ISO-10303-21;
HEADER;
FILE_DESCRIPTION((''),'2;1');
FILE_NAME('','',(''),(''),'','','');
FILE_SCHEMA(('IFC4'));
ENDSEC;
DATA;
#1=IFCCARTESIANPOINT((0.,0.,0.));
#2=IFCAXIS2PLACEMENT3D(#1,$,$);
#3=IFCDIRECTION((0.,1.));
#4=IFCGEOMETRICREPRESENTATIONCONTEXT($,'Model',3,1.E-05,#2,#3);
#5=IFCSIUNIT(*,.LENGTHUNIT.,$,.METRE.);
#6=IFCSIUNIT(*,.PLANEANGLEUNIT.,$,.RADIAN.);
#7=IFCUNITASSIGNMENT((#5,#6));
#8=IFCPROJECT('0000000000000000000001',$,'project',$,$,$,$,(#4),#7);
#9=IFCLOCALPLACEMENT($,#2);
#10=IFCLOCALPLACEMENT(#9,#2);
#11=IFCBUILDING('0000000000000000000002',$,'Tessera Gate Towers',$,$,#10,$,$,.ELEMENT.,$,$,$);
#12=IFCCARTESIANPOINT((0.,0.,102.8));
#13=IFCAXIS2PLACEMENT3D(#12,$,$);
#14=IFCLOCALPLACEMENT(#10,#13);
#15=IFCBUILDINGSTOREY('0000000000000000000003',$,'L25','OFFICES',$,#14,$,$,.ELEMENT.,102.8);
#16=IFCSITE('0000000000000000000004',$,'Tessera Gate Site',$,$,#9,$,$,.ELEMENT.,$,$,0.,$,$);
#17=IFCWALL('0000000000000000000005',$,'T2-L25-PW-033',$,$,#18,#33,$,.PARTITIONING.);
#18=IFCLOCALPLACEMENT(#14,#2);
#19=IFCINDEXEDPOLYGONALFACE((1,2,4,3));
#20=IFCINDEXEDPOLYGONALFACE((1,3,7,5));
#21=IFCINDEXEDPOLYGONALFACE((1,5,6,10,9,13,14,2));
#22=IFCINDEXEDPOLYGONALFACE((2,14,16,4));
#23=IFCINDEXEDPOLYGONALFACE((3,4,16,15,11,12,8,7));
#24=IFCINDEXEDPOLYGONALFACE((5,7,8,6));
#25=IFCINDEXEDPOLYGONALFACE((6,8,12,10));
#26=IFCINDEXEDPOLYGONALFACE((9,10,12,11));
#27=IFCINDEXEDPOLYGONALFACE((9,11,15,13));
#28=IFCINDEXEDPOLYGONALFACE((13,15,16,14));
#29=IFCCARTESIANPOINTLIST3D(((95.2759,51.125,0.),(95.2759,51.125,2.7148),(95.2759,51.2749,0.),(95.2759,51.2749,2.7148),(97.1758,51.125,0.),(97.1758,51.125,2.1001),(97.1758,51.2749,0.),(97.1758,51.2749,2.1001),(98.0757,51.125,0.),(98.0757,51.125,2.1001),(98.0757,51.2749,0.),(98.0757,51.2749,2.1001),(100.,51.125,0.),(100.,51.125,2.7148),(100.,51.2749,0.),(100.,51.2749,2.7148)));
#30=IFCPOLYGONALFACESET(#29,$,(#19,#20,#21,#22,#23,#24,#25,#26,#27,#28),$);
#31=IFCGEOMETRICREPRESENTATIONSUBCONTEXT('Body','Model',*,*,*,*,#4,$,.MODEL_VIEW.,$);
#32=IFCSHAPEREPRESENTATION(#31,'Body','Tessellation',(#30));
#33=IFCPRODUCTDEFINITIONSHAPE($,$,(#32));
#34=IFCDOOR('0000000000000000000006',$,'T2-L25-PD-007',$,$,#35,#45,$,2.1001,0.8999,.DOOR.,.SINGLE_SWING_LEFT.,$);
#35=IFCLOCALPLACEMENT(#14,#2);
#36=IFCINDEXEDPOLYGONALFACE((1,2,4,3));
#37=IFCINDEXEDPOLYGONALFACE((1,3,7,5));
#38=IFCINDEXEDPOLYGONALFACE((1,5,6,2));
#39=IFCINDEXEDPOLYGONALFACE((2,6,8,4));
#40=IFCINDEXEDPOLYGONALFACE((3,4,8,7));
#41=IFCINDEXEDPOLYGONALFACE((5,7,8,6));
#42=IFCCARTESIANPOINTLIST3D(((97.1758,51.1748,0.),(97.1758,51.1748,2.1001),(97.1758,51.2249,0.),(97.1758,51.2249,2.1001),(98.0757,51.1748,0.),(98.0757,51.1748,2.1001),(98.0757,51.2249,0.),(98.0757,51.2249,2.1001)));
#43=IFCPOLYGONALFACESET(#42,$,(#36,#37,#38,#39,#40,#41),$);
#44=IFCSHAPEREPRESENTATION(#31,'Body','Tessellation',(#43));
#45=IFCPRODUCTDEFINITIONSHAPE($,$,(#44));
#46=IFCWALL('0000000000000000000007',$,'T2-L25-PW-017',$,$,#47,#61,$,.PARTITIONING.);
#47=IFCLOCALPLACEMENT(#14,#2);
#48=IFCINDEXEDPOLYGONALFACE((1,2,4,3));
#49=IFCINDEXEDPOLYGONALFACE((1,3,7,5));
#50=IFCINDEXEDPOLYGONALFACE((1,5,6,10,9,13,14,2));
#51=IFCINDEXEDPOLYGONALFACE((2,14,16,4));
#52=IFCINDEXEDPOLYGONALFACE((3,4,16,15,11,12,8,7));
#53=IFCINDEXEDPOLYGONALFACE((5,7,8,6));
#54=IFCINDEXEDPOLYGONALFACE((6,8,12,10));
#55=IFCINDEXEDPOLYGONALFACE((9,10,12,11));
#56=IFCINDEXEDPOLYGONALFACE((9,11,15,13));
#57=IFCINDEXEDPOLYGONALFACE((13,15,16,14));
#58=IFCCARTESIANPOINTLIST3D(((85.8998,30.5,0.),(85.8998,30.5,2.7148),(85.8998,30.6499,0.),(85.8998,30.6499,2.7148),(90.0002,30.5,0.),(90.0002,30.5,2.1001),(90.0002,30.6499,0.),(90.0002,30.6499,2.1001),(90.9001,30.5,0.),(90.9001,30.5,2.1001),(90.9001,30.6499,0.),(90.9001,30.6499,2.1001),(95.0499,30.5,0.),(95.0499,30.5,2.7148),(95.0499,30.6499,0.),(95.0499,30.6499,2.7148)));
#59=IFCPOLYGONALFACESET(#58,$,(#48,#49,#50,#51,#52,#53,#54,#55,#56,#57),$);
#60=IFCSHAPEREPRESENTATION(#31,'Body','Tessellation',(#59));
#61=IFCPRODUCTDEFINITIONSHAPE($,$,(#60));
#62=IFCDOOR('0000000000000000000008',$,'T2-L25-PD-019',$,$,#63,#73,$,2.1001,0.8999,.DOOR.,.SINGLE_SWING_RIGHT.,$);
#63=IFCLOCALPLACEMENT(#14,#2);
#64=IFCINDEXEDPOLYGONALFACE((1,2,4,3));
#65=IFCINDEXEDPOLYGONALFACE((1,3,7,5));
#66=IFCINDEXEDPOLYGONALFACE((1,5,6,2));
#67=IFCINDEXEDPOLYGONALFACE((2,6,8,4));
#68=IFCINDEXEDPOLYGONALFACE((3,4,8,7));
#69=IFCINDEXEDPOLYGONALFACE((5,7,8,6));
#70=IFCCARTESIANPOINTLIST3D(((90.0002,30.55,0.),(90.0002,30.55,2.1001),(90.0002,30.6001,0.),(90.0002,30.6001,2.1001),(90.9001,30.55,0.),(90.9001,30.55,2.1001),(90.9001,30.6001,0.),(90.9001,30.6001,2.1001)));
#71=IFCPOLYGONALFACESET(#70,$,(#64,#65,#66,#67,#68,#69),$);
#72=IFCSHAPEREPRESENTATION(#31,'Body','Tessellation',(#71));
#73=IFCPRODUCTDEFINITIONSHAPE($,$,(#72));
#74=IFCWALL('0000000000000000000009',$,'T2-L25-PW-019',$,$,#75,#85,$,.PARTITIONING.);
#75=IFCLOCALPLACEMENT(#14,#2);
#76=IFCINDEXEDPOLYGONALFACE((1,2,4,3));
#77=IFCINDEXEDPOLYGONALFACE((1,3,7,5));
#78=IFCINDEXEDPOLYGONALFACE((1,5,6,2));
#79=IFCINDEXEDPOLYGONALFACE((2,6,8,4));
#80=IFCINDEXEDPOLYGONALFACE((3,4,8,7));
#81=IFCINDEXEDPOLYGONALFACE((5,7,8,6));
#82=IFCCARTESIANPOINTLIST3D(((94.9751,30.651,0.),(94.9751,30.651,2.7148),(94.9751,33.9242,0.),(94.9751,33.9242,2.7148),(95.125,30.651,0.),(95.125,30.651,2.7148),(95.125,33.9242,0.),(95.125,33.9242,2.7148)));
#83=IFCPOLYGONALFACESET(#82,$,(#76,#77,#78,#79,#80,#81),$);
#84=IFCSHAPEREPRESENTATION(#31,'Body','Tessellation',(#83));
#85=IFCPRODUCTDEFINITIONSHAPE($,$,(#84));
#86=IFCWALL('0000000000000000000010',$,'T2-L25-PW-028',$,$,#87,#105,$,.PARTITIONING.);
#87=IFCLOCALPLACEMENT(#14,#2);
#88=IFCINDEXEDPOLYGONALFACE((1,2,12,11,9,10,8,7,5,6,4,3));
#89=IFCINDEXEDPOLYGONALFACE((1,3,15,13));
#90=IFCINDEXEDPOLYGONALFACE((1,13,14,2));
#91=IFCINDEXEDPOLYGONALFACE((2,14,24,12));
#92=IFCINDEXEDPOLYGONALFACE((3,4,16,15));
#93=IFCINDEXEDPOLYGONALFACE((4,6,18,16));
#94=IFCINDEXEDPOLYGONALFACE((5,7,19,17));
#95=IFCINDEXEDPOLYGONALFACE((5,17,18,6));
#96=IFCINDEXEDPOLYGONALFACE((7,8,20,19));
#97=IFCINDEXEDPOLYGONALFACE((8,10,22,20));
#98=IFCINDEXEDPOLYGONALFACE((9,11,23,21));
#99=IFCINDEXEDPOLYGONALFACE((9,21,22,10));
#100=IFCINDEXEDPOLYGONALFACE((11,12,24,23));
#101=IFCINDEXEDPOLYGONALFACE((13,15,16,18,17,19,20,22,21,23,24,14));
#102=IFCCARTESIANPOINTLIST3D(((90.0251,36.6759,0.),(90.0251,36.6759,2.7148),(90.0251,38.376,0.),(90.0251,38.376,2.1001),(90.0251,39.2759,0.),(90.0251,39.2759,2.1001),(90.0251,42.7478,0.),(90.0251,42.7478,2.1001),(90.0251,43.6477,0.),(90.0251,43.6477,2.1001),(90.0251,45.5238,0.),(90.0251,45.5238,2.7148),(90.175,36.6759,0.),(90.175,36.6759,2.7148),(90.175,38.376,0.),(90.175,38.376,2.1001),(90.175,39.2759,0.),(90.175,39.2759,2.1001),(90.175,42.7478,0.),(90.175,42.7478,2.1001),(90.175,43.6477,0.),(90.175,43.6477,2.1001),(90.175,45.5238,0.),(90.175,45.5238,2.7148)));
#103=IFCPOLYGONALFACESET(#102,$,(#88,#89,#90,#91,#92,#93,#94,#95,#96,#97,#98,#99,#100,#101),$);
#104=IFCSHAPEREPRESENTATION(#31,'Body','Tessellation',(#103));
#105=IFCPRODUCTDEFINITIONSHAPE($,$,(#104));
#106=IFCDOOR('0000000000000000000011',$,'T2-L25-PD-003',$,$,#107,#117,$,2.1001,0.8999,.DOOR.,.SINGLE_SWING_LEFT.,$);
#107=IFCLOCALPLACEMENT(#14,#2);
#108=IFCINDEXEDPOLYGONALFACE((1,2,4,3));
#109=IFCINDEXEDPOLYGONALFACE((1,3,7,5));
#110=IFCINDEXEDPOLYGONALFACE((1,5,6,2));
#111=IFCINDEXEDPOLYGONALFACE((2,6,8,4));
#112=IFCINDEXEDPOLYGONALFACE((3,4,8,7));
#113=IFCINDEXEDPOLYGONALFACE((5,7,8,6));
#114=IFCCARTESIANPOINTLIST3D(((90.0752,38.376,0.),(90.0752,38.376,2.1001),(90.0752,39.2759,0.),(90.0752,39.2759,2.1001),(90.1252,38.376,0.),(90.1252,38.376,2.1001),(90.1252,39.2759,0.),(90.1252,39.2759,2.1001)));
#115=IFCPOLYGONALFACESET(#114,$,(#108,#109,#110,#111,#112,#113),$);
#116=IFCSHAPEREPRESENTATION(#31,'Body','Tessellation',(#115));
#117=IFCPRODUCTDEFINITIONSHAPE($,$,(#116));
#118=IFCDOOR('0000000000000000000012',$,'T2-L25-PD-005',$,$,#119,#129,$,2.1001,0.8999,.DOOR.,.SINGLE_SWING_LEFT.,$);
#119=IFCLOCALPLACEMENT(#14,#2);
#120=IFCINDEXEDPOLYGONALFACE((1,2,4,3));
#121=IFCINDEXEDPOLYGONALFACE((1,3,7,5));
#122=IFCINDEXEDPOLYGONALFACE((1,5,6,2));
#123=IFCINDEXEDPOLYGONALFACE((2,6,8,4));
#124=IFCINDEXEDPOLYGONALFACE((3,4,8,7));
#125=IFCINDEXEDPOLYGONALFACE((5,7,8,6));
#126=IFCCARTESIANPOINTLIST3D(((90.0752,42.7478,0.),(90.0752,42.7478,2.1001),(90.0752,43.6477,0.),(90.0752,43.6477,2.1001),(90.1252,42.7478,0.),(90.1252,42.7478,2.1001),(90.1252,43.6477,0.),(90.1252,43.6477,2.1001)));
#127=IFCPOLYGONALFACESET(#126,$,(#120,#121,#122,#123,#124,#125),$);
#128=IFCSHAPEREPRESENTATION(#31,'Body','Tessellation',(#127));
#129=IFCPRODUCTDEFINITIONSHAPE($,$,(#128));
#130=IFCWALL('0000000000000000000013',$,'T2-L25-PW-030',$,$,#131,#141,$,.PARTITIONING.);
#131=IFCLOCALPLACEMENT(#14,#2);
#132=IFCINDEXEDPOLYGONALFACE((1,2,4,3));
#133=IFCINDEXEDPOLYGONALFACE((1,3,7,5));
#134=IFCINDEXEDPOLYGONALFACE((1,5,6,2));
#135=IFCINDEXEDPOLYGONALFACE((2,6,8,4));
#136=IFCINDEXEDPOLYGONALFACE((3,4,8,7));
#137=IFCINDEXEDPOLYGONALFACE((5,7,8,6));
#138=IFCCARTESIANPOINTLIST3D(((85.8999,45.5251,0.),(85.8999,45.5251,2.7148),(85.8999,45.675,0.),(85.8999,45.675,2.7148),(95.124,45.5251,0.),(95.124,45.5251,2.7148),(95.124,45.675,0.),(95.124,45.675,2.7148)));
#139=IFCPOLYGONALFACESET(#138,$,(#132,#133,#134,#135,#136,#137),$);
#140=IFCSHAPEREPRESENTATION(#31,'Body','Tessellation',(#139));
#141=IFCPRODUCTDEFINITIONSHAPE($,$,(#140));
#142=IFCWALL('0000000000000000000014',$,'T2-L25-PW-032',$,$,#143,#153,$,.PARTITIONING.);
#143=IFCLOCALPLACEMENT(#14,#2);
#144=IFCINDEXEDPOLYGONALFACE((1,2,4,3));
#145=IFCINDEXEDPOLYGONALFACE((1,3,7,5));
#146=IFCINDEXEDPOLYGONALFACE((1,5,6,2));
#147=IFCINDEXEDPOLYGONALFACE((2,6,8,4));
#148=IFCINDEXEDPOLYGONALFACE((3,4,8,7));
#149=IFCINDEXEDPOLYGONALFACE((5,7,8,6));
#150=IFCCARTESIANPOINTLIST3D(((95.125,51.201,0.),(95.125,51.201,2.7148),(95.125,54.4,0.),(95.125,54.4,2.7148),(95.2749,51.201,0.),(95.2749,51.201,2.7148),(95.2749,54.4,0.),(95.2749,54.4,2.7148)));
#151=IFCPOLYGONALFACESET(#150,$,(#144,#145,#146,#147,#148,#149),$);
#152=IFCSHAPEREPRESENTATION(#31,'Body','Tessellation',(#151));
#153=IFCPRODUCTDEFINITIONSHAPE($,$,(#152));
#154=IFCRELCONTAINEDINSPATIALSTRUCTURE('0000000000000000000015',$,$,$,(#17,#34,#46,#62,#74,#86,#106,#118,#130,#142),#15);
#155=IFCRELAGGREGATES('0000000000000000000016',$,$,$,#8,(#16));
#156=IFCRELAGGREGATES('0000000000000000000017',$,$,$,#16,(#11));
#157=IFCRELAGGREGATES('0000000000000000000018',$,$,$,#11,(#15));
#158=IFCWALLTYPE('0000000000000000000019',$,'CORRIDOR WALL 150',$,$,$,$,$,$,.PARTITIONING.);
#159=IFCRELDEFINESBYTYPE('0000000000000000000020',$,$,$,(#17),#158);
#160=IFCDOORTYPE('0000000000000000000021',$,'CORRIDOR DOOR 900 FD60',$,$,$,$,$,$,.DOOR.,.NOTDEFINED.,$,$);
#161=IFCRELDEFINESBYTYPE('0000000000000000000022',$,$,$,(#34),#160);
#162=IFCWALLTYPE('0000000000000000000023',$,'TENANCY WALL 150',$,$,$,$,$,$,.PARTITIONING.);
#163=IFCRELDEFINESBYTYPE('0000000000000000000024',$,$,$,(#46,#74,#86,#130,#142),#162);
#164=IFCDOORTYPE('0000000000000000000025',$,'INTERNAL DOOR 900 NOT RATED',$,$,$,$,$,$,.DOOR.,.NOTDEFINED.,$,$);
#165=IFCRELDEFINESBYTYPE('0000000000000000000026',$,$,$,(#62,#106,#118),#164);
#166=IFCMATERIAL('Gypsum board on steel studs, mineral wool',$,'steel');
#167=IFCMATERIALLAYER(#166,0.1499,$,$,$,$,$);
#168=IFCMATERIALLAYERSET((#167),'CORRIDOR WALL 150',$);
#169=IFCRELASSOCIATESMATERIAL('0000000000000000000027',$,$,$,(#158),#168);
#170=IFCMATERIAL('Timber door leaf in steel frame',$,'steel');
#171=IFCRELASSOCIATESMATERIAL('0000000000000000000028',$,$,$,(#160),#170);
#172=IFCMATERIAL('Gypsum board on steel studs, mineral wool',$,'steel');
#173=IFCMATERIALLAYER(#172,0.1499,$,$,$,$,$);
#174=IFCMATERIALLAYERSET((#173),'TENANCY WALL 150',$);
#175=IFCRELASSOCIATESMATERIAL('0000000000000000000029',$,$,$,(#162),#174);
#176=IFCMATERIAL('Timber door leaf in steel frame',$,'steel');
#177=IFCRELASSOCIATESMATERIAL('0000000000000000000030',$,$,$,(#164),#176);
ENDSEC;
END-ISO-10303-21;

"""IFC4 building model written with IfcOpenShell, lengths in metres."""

from ifc_helpers import new_model, si_unit, direction, frame, frame_2d, origin, place, context, subcontext, project, spatial, rectangle, extrude, source, transform, mapped, material, layer, layer_set, type_object, element, fill, save


model = new_model("IFC4")

# Units and contexts
model_context = context("Model", 3, precision=1e-05, world=origin(), true_north=direction((0.0, 1.0)))
body_context = subcontext(model_context, "Body", "Model", "MODEL_VIEW")
ifc_project = project(units=[si_unit("LENGTHUNIT", "METRE"), si_unit("PLANEANGLEUNIT", "RADIAN")], contexts=[model_context])

# Site, building, storey
site_placement = place(None, origin())
site = spatial("IfcSite", under=ifc_project, at=site_placement, Name="Tessera Gate Site", CompositionType="ELEMENT", RefElevation=0.0)
building_placement = place(site_placement, origin())
building = spatial("IfcBuilding", under=site, at=building_placement, Name="Tessera Gate Towers", CompositionType="ELEMENT")
storey_placement = place(building_placement, frame((0.0, 0.0, 102.8)))
storey = spatial("IfcBuildingStorey", under=building, at=storey_placement, Name="L25", Description="OFFICES", CompositionType="ELEMENT", Elevation=102.8)

# Shared definitions
ifc_material_1 = material(Name="Gypsum board on steel studs, mineral wool", Category="steel")
ifc_layer_1 = layer(ifc_material_1, 0.1499)
ifc_layer_set_1 = layer_set([ifc_layer_1], Name="CORRIDOR WALL 150")
wall_type_1 = type_object("IfcWallType", Name="CORRIDOR WALL 150", PredefinedType="PARTITIONING", material=ifc_layer_set_1)

# Walls, openings, doors
wall_1_placement = place(storey_placement, frame((95.2759, 51.2, 0.0), z_axis=(0.0, 0.0, 1.0), x_axis=(1.0, 0.0, 0.0)))
wall_1 = element("IfcWall", 1, at=wall_1_placement, inside=storey, type_object=wall_type_1, Name="T2-L25-PW-033", PredefinedType="PARTITIONING", context=body_context, shape_type="SweptSolid", body=[
    extrude(rectangle(XDim=4.7241, YDim=0.1499, at=frame_2d((2.3621, 0.0))), origin(), (0.0, 0.0, 1.0), 2.7148),
])
shared_shape_1 = source(origin(), body_context, "Body", "SweptSolid", [
    extrude(rectangle(XDim=0.8999, YDim=2.1001, at=frame_2d((0.45, 1.05))), frame((0.0, 0.085, 0.0), z_axis=(0.0, -1.0, 0.0), x_axis=(1.0, 0.0, 0.0)), (0.0, 0.0, 1.0), 0.1699),
])
opening_1_placement = place(wall_1_placement, frame((1.8999, 0.0, 0.0)))
opening_1 = element("IfcOpeningElement", 2, at=opening_1_placement, cuts=wall_1, PredefinedType="OPENING", context=body_context, shape_type="MappedRepresentation", body=[
    mapped(shared_shape_1, transform((0.0, 0.0, 0.0), scale=1.0)),
])
ifc_material_2 = material(Name="Timber door leaf in steel frame", Category="steel")
door_type_1 = type_object("IfcDoorType", Name="CORRIDOR DOOR 900 FD60", OperationType="NOTDEFINED", PredefinedType="DOOR", material=ifc_material_2)
shared_shape_2 = source(origin(), body_context, "Body", "SweptSolid", [
    extrude(rectangle(XDim=0.8999, YDim=2.1001, at=frame_2d((0.45, 1.05))), frame((0.0, 0.0249, 0.0), z_axis=(0.0, -1.0, 0.0), x_axis=(1.0, 0.0, 0.0)), (0.0, 0.0, 1.0), 0.05),
])
door_1_placement = place(opening_1_placement, origin())
door_1 = element("IfcDoor", 3, at=door_1_placement, inside=storey, type_object=door_type_1, Name="T2-L25-PD-007", OperationType="SINGLE_SWING_LEFT", OverallHeight=2.1001, OverallWidth=0.8999, PredefinedType="DOOR", context=body_context, shape_type="MappedRepresentation", body=[
    mapped(shared_shape_2, transform((0.0, 0.0, 0.0), scale=1.0)),
])
fill(opening_1, door_1)
ifc_material_3 = material(Name="Gypsum board on steel studs, mineral wool", Category="steel")
ifc_layer_2 = layer(ifc_material_3, 0.1499)
ifc_layer_set_2 = layer_set([ifc_layer_2], Name="TENANCY WALL 150")
wall_type_2 = type_object("IfcWallType", Name="TENANCY WALL 150", PredefinedType="PARTITIONING", material=ifc_layer_set_2)
wall_2_placement = place(storey_placement, frame((95.05, 30.575, 0.0), z_axis=(0.0, 0.0, 1.0), x_axis=(-1.0, 0.0, 0.0)))
wall_2 = element("IfcWall", 4, at=wall_2_placement, inside=storey, type_object=wall_type_2, Name="T2-L25-PW-017", PredefinedType="PARTITIONING", context=body_context, shape_type="SweptSolid", body=[
    extrude(rectangle(XDim=9.1501, YDim=0.1499, at=frame_2d((4.5752, 0.0))), origin(), (0.0, 0.0, 1.0), 2.7148),
])
opening_2_placement = place(wall_2_placement, frame((4.1499, 0.0, 0.0)))
opening_2 = element("IfcOpeningElement", 5, at=opening_2_placement, cuts=wall_2, PredefinedType="OPENING", context=body_context, shape_type="MappedRepresentation", body=[
    mapped(shared_shape_1, transform((0.0, 0.0, 0.0), scale=1.0)),
])
ifc_material_4 = material(Name="Timber door leaf in steel frame", Category="steel")
door_type_2 = type_object("IfcDoorType", Name="INTERNAL DOOR 900 NOT RATED", OperationType="NOTDEFINED", PredefinedType="DOOR", material=ifc_material_4)
door_2_placement = place(opening_2_placement, origin())
door_2 = element("IfcDoor", 6, at=door_2_placement, inside=storey, type_object=door_type_2, Name="T2-L25-PD-019", OperationType="SINGLE_SWING_RIGHT", OverallHeight=2.1001, OverallWidth=0.8999, PredefinedType="DOOR", context=body_context, shape_type="MappedRepresentation", body=[
    mapped(shared_shape_2, transform((0.0, 0.0, 0.0), scale=1.0)),
])
fill(opening_2, door_2)

# Wall
wall_3_placement = place(storey_placement, frame((95.05, 30.6509, 0.0), z_axis=(0.0, 0.0, 1.0), x_axis=(0.0, 1.0, 0.0)))
element("IfcWall", 7, at=wall_3_placement, inside=storey, type_object=wall_type_2, Name="T2-L25-PW-019", PredefinedType="PARTITIONING", context=body_context, shape_type="SweptSolid", body=[
    extrude(rectangle(XDim=3.2732, YDim=0.1499, at=frame_2d((1.6367, 0.0))), origin(), (0.0, 0.0, 1.0), 2.7148),
])

# Wall, openings, doors
wall_4_placement = place(storey_placement, frame((90.1001, 36.676, 0.0), z_axis=(0.0, 0.0, 1.0), x_axis=(0.0, 1.0, 0.0)))
wall_4 = element("IfcWall", 8, at=wall_4_placement, inside=storey, type_object=wall_type_2, Name="T2-L25-PW-028", PredefinedType="PARTITIONING", context=body_context, shape_type="SweptSolid", body=[
    extrude(rectangle(XDim=8.8479, YDim=0.1499, at=frame_2d((4.4238, 0.0))), origin(), (0.0, 0.0, 1.0), 2.7148),
])
opening_3_placement = place(wall_4_placement, frame((1.7, 0.0, 0.0)))
opening_3 = element("IfcOpeningElement", 9, at=opening_3_placement, cuts=wall_4, PredefinedType="OPENING", context=body_context, shape_type="MappedRepresentation", body=[
    mapped(shared_shape_1, transform((0.0, 0.0, 0.0), scale=1.0)),
])
opening_4_placement = place(wall_4_placement, frame((6.0718, 0.0, 0.0)))
opening_4 = element("IfcOpeningElement", 10, at=opening_4_placement, cuts=wall_4, PredefinedType="OPENING", context=body_context, shape_type="MappedRepresentation", body=[
    mapped(shared_shape_1, transform((0.0, 0.0, 0.0), scale=1.0)),
])
door_3_placement = place(opening_3_placement, origin())
door_3 = element("IfcDoor", 11, at=door_3_placement, inside=storey, type_object=door_type_2, Name="T2-L25-PD-003", OperationType="SINGLE_SWING_LEFT", OverallHeight=2.1001, OverallWidth=0.8999, PredefinedType="DOOR", context=body_context, shape_type="MappedRepresentation", body=[
    mapped(shared_shape_2, transform((0.0, 0.0, 0.0), scale=1.0)),
])
fill(opening_3, door_3)
door_4_placement = place(opening_4_placement, origin())
door_4 = element("IfcDoor", 12, at=door_4_placement, inside=storey, type_object=door_type_2, Name="T2-L25-PD-005", OperationType="SINGLE_SWING_LEFT", OverallHeight=2.1001, OverallWidth=0.8999, PredefinedType="DOOR", context=body_context, shape_type="MappedRepresentation", body=[
    mapped(shared_shape_2, transform((0.0, 0.0, 0.0), scale=1.0)),
])
fill(opening_4, door_4)

# Walls
wall_5_placement = place(storey_placement, frame((85.8999, 45.6001, 0.0), z_axis=(0.0, 0.0, 1.0), x_axis=(1.0, 0.0, 0.0)))
element("IfcWall", 13, at=wall_5_placement, inside=storey, type_object=wall_type_2, Name="T2-L25-PW-030", PredefinedType="PARTITIONING", context=body_context, shape_type="SweptSolid", body=[
    extrude(rectangle(XDim=9.2241, YDim=0.1499, at=frame_2d((4.6121, 0.0))), origin(), (0.0, 0.0, 1.0), 2.7148),
])
wall_6_placement = place(storey_placement, frame((95.2, 51.2009, 0.0), z_axis=(0.0, 0.0, 1.0), x_axis=(0.0, 1.0, 0.0)))
element("IfcWall", 14, at=wall_6_placement, inside=storey, type_object=wall_type_2, Name="T2-L25-PW-032", PredefinedType="PARTITIONING", context=body_context, shape_type="SweptSolid", body=[
    extrude(rectangle(XDim=3.199, YDim=0.1499, at=frame_2d((1.5996, 0.0))), origin(), (0.0, 0.0, 1.0), 2.7148),
])

save(model, "model.ifc")
